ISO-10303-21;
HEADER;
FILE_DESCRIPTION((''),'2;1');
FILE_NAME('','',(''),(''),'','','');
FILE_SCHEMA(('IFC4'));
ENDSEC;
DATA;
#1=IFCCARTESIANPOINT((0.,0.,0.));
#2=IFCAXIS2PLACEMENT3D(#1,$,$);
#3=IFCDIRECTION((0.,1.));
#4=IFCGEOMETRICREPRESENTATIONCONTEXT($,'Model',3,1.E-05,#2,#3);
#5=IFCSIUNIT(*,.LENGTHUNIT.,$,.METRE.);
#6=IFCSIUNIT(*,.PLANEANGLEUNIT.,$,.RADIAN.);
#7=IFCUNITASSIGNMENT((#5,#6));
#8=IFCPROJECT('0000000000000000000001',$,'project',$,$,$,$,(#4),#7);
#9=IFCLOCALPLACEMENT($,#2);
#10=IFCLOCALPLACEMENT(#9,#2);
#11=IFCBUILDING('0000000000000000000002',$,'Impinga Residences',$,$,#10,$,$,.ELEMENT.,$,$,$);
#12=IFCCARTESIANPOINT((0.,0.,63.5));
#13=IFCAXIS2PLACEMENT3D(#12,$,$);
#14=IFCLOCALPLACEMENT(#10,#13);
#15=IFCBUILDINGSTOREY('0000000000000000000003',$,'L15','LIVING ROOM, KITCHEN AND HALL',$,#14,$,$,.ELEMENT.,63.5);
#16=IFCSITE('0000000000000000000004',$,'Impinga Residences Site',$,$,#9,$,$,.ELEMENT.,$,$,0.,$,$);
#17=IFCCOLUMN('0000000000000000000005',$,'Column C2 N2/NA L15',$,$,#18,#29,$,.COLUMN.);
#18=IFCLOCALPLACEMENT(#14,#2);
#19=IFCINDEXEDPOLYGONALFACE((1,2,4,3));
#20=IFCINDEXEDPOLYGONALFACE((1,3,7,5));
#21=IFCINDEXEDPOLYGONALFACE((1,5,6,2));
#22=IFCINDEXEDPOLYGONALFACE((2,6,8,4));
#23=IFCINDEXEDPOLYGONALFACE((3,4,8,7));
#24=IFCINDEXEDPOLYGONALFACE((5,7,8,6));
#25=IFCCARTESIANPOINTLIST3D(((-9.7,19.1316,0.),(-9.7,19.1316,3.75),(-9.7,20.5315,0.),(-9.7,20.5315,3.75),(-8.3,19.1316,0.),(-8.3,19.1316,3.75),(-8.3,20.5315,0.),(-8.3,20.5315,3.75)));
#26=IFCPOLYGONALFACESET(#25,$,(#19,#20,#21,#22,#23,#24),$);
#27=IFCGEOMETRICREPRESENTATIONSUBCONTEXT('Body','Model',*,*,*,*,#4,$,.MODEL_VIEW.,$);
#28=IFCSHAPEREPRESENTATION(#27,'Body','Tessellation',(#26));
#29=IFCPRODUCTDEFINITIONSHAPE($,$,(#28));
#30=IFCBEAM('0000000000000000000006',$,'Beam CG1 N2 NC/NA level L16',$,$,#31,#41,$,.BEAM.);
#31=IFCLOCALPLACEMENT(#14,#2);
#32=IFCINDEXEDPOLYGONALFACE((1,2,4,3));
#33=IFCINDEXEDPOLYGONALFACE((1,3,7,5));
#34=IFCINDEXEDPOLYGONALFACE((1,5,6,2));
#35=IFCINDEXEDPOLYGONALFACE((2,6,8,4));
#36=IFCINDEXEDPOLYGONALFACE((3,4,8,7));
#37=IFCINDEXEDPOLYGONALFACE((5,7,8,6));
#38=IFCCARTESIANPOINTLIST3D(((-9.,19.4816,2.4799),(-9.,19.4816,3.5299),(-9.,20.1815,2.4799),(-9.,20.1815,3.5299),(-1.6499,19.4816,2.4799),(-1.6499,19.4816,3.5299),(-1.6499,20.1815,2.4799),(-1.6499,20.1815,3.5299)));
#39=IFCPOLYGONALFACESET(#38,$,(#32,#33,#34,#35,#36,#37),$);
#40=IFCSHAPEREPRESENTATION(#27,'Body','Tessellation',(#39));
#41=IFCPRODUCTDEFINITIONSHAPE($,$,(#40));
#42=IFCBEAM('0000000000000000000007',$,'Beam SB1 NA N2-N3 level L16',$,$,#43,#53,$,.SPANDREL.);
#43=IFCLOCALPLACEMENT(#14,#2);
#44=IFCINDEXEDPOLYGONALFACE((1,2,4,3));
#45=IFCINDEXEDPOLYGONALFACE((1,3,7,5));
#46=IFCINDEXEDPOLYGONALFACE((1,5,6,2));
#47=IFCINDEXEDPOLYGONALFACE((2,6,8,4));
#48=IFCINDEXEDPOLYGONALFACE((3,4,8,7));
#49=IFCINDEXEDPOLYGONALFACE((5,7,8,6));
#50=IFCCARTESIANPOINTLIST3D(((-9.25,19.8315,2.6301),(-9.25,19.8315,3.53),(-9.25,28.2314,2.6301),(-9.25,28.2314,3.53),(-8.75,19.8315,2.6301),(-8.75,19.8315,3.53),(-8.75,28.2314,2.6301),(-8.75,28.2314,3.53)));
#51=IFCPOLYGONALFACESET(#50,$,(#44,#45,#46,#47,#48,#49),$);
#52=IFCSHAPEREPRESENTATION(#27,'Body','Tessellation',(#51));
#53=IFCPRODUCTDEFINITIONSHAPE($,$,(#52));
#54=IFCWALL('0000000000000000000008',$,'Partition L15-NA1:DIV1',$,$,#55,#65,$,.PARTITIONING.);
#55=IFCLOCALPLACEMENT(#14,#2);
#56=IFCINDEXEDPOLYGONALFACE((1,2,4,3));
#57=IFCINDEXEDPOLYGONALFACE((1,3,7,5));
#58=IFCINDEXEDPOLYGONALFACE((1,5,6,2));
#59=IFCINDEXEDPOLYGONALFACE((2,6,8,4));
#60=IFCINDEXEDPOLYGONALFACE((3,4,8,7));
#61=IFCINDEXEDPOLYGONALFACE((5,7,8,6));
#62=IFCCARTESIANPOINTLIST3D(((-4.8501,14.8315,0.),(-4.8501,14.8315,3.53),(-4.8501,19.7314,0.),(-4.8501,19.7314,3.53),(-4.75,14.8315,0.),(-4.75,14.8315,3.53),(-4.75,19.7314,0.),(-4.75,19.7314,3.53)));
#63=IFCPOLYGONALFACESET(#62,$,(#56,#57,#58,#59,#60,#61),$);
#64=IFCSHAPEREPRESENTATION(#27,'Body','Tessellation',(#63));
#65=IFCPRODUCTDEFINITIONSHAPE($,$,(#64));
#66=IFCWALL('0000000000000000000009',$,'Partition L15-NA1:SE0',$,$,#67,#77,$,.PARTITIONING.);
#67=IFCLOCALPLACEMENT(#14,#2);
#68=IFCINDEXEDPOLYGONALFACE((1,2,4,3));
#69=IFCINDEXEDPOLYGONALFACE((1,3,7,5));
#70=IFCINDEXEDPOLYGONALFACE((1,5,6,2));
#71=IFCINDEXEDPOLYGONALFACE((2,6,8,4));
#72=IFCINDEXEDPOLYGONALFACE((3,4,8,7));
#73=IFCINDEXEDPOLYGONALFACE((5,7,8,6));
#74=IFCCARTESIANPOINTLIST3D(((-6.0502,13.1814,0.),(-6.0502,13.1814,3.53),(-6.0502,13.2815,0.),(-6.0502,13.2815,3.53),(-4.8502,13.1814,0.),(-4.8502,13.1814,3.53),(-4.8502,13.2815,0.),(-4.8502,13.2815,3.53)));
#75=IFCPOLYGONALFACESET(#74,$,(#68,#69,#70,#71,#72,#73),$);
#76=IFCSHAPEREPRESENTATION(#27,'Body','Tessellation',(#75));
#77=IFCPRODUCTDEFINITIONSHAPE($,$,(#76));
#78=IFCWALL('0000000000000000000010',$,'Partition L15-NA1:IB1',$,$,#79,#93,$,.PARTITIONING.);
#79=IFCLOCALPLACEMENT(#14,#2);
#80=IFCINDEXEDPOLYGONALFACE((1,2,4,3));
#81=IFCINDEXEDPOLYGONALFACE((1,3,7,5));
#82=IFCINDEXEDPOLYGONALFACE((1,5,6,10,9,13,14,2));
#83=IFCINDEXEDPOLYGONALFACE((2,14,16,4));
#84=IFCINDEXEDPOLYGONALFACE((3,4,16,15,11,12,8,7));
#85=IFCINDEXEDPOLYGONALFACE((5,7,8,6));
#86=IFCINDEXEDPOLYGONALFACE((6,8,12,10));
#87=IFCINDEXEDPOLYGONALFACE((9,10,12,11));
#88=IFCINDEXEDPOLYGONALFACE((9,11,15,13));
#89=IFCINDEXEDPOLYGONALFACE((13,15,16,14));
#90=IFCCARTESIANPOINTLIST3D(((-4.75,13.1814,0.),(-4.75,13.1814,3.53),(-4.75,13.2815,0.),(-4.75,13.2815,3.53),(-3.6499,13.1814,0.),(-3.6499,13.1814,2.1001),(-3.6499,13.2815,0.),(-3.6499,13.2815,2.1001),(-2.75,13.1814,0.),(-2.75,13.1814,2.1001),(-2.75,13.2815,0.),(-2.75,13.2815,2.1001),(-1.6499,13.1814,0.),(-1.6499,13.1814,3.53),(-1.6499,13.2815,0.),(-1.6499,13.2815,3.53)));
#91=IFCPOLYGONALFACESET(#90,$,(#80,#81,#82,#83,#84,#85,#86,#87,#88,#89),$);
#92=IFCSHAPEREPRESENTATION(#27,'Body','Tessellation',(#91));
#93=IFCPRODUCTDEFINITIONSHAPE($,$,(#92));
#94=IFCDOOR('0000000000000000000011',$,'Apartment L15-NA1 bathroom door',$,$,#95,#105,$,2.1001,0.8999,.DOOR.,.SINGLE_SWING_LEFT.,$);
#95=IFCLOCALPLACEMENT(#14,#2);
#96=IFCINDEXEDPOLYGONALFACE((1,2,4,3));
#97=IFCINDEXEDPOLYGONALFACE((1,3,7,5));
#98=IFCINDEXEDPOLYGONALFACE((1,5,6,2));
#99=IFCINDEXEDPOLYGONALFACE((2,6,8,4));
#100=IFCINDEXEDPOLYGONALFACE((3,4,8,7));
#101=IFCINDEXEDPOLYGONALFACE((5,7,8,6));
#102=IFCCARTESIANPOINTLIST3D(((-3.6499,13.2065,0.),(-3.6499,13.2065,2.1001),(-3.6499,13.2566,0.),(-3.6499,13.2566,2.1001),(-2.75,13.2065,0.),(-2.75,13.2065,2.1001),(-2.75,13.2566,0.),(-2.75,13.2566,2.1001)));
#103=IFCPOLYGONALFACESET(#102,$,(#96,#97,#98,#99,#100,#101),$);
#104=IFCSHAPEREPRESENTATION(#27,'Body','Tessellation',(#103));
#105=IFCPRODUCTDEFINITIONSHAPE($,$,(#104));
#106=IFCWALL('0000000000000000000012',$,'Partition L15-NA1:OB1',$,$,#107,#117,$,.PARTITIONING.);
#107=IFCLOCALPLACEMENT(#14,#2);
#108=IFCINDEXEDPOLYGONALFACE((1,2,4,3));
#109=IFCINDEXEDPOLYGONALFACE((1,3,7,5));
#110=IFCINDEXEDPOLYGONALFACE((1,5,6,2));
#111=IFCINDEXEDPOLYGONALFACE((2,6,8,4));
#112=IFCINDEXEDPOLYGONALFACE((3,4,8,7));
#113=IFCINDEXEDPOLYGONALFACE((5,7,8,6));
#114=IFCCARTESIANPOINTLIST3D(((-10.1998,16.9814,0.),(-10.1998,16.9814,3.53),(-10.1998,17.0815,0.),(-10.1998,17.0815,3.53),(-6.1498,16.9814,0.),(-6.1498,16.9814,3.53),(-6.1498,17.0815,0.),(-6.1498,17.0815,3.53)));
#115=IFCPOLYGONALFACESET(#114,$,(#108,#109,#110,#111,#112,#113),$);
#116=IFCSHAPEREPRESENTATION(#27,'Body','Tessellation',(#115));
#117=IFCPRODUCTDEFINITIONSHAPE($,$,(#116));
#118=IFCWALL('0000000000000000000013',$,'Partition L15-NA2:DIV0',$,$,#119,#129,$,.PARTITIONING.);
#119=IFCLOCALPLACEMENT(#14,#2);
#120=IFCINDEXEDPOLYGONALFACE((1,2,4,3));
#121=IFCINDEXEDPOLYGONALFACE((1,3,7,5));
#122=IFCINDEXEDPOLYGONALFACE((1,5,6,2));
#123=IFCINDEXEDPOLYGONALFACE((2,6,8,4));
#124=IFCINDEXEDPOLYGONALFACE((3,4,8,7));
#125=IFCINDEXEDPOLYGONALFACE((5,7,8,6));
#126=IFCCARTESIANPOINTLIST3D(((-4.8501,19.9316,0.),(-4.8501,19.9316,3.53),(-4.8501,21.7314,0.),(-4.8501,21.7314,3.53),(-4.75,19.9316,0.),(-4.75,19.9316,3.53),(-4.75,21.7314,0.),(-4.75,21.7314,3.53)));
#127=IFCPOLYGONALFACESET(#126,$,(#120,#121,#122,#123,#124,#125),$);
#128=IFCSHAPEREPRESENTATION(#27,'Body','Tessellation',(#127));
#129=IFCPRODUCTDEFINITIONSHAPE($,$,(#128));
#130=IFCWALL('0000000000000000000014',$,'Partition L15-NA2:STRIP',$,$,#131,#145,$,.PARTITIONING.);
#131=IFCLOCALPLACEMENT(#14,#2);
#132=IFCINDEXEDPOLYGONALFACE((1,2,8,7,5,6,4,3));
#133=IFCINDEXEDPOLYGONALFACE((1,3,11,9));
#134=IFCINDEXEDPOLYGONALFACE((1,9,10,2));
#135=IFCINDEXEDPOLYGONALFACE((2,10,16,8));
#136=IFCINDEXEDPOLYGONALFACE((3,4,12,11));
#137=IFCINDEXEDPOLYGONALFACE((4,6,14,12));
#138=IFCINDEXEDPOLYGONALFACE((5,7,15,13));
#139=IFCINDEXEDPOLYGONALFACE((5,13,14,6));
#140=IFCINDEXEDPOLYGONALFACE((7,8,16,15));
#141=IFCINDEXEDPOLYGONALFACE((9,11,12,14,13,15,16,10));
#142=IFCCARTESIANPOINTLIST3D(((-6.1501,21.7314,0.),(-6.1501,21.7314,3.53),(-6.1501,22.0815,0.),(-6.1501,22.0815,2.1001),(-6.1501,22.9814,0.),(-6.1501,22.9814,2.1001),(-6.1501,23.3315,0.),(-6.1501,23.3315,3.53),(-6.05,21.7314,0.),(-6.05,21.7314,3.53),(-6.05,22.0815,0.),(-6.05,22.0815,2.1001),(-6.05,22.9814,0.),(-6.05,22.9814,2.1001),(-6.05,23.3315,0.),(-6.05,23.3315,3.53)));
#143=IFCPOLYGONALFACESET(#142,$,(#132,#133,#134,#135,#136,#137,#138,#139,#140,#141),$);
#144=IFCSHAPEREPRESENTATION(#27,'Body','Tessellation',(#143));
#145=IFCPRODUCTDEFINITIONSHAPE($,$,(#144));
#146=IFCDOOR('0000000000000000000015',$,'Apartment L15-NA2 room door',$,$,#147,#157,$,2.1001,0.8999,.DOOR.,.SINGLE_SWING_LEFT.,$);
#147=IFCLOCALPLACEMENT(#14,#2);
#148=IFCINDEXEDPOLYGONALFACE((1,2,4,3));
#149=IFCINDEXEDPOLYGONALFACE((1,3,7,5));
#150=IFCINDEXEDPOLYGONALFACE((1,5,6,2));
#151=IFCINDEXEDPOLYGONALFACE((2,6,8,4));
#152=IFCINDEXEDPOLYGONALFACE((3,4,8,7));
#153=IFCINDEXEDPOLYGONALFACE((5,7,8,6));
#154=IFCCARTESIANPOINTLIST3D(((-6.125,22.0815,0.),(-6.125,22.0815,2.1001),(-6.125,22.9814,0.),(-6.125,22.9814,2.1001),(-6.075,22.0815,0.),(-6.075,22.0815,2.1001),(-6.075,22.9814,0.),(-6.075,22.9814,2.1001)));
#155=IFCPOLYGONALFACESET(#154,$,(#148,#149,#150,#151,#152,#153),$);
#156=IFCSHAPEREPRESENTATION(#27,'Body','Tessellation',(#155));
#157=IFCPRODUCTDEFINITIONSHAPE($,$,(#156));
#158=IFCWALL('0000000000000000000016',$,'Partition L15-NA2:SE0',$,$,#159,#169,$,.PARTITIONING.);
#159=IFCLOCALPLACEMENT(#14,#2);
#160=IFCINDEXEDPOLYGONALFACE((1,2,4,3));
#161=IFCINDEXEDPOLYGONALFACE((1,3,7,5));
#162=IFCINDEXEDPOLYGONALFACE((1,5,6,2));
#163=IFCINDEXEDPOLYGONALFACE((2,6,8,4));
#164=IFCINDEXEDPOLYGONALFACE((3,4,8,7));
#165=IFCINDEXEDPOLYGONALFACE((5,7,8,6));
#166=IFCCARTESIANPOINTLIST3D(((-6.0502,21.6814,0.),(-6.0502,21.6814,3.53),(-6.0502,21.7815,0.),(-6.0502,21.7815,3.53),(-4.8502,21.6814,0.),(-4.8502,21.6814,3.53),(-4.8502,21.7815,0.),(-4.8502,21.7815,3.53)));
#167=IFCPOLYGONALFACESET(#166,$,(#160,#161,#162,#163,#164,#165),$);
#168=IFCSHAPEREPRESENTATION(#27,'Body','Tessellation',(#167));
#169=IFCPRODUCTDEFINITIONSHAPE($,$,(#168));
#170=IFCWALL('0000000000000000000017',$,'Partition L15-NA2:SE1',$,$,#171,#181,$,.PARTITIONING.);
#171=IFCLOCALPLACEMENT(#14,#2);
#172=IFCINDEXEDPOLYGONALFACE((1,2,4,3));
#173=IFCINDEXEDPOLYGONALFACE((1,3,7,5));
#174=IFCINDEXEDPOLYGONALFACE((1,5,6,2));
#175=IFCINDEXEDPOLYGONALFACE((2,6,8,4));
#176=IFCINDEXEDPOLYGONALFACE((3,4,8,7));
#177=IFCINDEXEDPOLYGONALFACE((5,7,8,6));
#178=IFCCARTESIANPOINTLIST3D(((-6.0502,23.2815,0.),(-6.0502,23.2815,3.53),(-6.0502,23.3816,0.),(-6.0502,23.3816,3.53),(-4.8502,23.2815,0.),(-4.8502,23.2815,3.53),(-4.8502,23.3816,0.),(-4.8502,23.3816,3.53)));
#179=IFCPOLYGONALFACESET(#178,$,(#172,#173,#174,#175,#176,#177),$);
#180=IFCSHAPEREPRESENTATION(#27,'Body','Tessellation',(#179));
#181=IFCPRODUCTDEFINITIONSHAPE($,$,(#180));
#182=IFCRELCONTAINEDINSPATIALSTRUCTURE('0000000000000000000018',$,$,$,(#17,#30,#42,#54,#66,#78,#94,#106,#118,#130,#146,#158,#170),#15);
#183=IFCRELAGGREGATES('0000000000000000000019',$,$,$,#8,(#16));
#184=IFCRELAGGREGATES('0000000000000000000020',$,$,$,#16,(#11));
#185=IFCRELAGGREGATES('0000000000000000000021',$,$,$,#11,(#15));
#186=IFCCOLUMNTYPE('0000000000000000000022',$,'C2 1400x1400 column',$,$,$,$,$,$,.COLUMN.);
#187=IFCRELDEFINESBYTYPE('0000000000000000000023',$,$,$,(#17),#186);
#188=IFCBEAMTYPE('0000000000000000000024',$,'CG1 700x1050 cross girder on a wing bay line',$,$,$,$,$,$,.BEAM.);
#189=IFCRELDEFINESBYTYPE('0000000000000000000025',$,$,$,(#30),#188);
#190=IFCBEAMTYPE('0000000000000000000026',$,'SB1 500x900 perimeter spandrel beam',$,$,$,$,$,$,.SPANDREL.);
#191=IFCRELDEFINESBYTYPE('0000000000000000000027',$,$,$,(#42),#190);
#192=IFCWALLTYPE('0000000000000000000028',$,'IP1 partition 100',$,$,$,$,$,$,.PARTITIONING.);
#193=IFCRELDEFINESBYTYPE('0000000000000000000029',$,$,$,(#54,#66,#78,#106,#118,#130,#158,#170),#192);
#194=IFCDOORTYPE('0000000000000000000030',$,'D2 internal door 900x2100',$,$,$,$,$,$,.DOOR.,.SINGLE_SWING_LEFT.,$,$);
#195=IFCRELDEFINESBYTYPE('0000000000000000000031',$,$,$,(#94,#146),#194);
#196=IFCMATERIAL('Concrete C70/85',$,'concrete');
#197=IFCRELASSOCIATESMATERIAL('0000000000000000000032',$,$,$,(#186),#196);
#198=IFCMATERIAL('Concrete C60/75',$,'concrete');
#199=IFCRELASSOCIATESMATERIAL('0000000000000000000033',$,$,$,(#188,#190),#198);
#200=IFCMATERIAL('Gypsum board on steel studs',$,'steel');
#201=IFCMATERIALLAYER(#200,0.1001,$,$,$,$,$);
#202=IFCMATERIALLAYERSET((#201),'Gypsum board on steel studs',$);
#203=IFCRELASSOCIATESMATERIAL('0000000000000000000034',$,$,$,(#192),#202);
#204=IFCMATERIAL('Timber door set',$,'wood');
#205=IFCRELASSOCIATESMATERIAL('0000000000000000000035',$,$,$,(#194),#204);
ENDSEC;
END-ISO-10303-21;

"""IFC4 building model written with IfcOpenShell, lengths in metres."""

from ifc_helpers import new_model, si_unit, direction, frame, frame_2d, origin, origin_2d, place, context, subcontext, project, spatial, rectangle, extrude, material, layer, layer_set, material_profile, profile_set, type_object, element, fill, save


model = new_model("IFC4")

# Units and contexts
model_context = context("Model", 3, precision=1e-05, world=origin(), true_north=direction((0.0, 1.0)))
body_context = subcontext(model_context, "Body", "Model", "MODEL_VIEW")
ifc_project = project(units=[si_unit("LENGTHUNIT", "METRE"), si_unit("PLANEANGLEUNIT", "RADIAN")], contexts=[model_context])

# Site, building, storey
site_placement = place(None, origin())
site = spatial("IfcSite", under=ifc_project, at=site_placement, Name="Impinga Residences Site", CompositionType="ELEMENT", RefElevation=0.0)
building_placement = place(site_placement, origin())
building = spatial("IfcBuilding", under=site, at=building_placement, Name="Impinga Residences", CompositionType="ELEMENT")
storey_placement = place(building_placement, frame((0.0, 0.0, 63.5)))
storey = spatial("IfcBuildingStorey", under=building, at=storey_placement, Name="L15", Description="LIVING ROOM, KITCHEN AND HALL", CompositionType="ELEMENT", Elevation=63.5)

# Column
ifc_material_1 = material(Name="Concrete C70/85", Category="concrete")
ifc_material_profile_1 = material_profile(ifc_material_1, rectangle(XDim=1.3999, YDim=1.3999, at=origin_2d()), Name="RC 1400x1400")
ifc_profile_set_1 = profile_set([ifc_material_profile_1], Name="Concrete C70/85")
column_type = type_object("IfcColumnType", Name="C2 1400x1400 column", PredefinedType="COLUMN", material=ifc_profile_set_1)
column_placement = place(storey_placement, frame((-9.0, 19.8315, 0.0), z_axis=(0.0, 0.0, 1.0), x_axis=(1.0, 0.0, 0.0)))
element("IfcColumn", 1, at=column_placement, inside=storey, type_object=column_type, Name="Column C2 N2/NA L15", PredefinedType="COLUMN", context=body_context, shape_type="SweptSolid", body=[
    extrude(rectangle(XDim=1.3999, YDim=1.3999, at=origin_2d()), origin(), (0.0, 0.0, 1.0), 3.75),
])

# Beams
ifc_material_2 = material(Name="Concrete C60/75", Category="concrete")
ifc_material_profile_2 = material_profile(ifc_material_2, rectangle(XDim=0.7, YDim=1.05, at=origin_2d()), Name="RC 700x1050")
ifc_profile_set_2 = profile_set([ifc_material_profile_2], Name="Concrete C60/75")
beam_type_1 = type_object("IfcBeamType", Name="CG1 700x1050 cross girder on a wing bay line", PredefinedType="BEAM", material=ifc_profile_set_2)
beam_1_placement = place(storey_placement, frame((-1.6499, 19.8315, 3.0049), z_axis=(-1.0, 0.0, 0.0), x_axis=(0.0, -1.0, 0.0)))
element("IfcBeam", 2, at=beam_1_placement, inside=storey, type_object=beam_type_1, Name="Beam CG1 N2 NC/NA level L16", PredefinedType="BEAM", context=body_context, shape_type="SweptSolid", body=[
    extrude(rectangle(XDim=0.7, YDim=1.05, at=origin_2d()), origin(), (0.0, 0.0, 1.0), 7.3501),
])
ifc_material_profile_3 = material_profile(ifc_material_2, rectangle(XDim=0.5, YDim=0.8999, at=origin_2d()), Name="RC 500x900")
ifc_profile_set_3 = profile_set([ifc_material_profile_3], Name="Concrete C60/75")
beam_type_2 = type_object("IfcBeamType", Name="SB1 500x900 perimeter spandrel beam", PredefinedType="SPANDREL", material=ifc_profile_set_3)
beam_2_placement = place(storey_placement, frame((-9.0, 19.8315, 3.0801), z_axis=(0.0, 1.0, 0.0), x_axis=(-1.0, 0.0, 0.0)))
element("IfcBeam", 3, at=beam_2_placement, inside=storey, type_object=beam_type_2, Name="Beam SB1 NA N2-N3 level L16", PredefinedType="SPANDREL", context=body_context, shape_type="SweptSolid", body=[
    extrude(rectangle(XDim=0.5, YDim=0.8999, at=origin_2d()), origin(), (0.0, 0.0, 1.0), 8.3999),
])

# Walls
ifc_material_3 = material(Name="Gypsum board on steel studs", Category="steel")
ifc_layer_1 = layer(ifc_material_3, 0.1001)
ifc_layer_set_1 = layer_set([ifc_layer_1], Name="Gypsum board on steel studs")
wall_type_1 = type_object("IfcWallType", Name="IP1 partition 100", PredefinedType="PARTITIONING", material=ifc_layer_set_1)
wall_1_placement = place(storey_placement, frame((-4.8, 14.8315, 0.0), z_axis=(0.0, 0.0, 1.0), x_axis=(0.0, 1.0, 0.0)))
element("IfcWall", 4, at=wall_1_placement, inside=storey, type_object=wall_type_1, Name="Partition L15-NA1:DIV1", PredefinedType="PARTITIONING", context=body_context, shape_type="SweptSolid", body=[
    extrude(rectangle(XDim=4.8999, YDim=0.1001, at=frame_2d((2.45, 0.0))), origin(), (0.0, 0.0, 1.0), 3.53),
])
wall_2_placement = place(storey_placement, frame((-4.8501, 13.2314, 0.0), z_axis=(0.0, 0.0, 1.0), x_axis=(-1.0, 0.0, 0.0)))
element("IfcWall", 5, at=wall_2_placement, inside=storey, type_object=wall_type_1, Name="Partition L15-NA1:SE0", PredefinedType="PARTITIONING", context=body_context, shape_type="SweptSolid", body=[
    extrude(rectangle(XDim=1.2, YDim=0.1001, at=frame_2d((0.6001, 0.0))), origin(), (0.0, 0.0, 1.0), 3.53),
])

# Wall, opening, door
wall_3_placement = place(storey_placement, frame((-1.6499, 13.2314, 0.0), z_axis=(0.0, 0.0, 1.0), x_axis=(-1.0, 0.0, 0.0)))
wall_3 = element("IfcWall", 6, at=wall_3_placement, inside=storey, type_object=wall_type_1, Name="Partition L15-NA1:IB1", PredefinedType="PARTITIONING", context=body_context, shape_type="SweptSolid", body=[
    extrude(rectangle(XDim=3.1001, YDim=0.1001, at=frame_2d((1.55, 0.0))), origin(), (0.0, 0.0, 1.0), 3.53),
])
opening_1_placement = place(wall_3_placement, frame((1.1001, 0.0, 0.0)))
opening_1 = element("IfcOpeningElement", 7, at=opening_1_placement, cuts=wall_3, PredefinedType="OPENING", context=body_context, shape_type="SweptSolid", body=[
    extrude(rectangle(XDim=0.8999, YDim=2.1001, at=frame_2d((0.45, 1.05))), frame((0.0, 0.0601, 0.0), z_axis=(0.0, -1.0, 0.0), x_axis=(1.0, 0.0, 0.0)), (0.0, 0.0, 1.0), 0.1201),
])
ifc_material_4 = material(Name="Timber door set", Category="wood")
door_type = type_object("IfcDoorType", Name="D2 internal door 900x2100", OperationType="SINGLE_SWING_LEFT", PredefinedType="DOOR", material=ifc_material_4)
door_1_placement = place(opening_1_placement, origin())
door_1 = element("IfcDoor", 8, at=door_1_placement, inside=storey, type_object=door_type, Name="Apartment L15-NA1 bathroom door", OperationType="SINGLE_SWING_LEFT", OverallHeight=2.1001, OverallWidth=0.8999, PredefinedType="DOOR", context=body_context, shape_type="SweptSolid", body=[
    extrude(rectangle(XDim=0.8999, YDim=2.1001, at=frame_2d((0.45, 1.05))), frame((0.0, 0.0249, 0.0), z_axis=(0.0, -1.0, 0.0), x_axis=(1.0, 0.0, 0.0)), (0.0, 0.0, 1.0), 0.05),
])
fill(opening_1, door_1)

# Walls
wall_4_placement = place(storey_placement, frame((-6.1499, 17.0315, 0.0), z_axis=(0.0, 0.0, 1.0), x_axis=(-1.0, 0.0, 0.0)))
element("IfcWall", 9, at=wall_4_placement, inside=storey, type_object=wall_type_1, Name="Partition L15-NA1:OB1", PredefinedType="PARTITIONING", context=body_context, shape_type="SweptSolid", body=[
    extrude(rectangle(XDim=4.05, YDim=0.1001, at=frame_2d((2.0249, 0.0))), origin(), (0.0, 0.0, 1.0), 3.53),
])
wall_5_placement = place(storey_placement, frame((-4.8, 19.9316, 0.0), z_axis=(0.0, 0.0, 1.0), x_axis=(0.0, 1.0, 0.0)))
element("IfcWall", 10, at=wall_5_placement, inside=storey, type_object=wall_type_1, Name="Partition L15-NA2:DIV0", PredefinedType="PARTITIONING", context=body_context, shape_type="SweptSolid", body=[
    extrude(rectangle(XDim=1.7998, YDim=0.1001, at=frame_2d((0.8999, 0.0))), origin(), (0.0, 0.0, 1.0), 3.53),
])

# Wall, opening, door
wall_6_placement = place(storey_placement, frame((-6.1001, 21.7314, 0.0), z_axis=(0.0, 0.0, 1.0), x_axis=(0.0, 1.0, 0.0)))
wall_6 = element("IfcWall", 11, at=wall_6_placement, inside=storey, type_object=wall_type_1, Name="Partition L15-NA2:STRIP", PredefinedType="PARTITIONING", context=body_context, shape_type="SweptSolid", body=[
    extrude(rectangle(XDim=1.6001, YDim=0.1001, at=frame_2d((0.8, 0.0))), origin(), (0.0, 0.0, 1.0), 3.53),
])
opening_2_placement = place(wall_6_placement, frame((0.3501, 0.0, 0.0)))
opening_2 = element("IfcOpeningElement", 12, at=opening_2_placement, cuts=wall_6, PredefinedType="OPENING", context=body_context, shape_type="SweptSolid", body=[
    extrude(rectangle(XDim=0.8999, YDim=2.1001, at=frame_2d((0.45, 1.05))), frame((0.0, 0.0601, 0.0), z_axis=(0.0, -1.0, 0.0), x_axis=(1.0, 0.0, 0.0)), (0.0, 0.0, 1.0), 0.1201),
])
door_2_placement = place(opening_2_placement, origin())
door_2 = element("IfcDoor", 13, at=door_2_placement, inside=storey, type_object=door_type, Name="Apartment L15-NA2 room door", OperationType="SINGLE_SWING_LEFT", OverallHeight=2.1001, OverallWidth=0.8999, PredefinedType="DOOR", context=body_context, shape_type="SweptSolid", body=[
    extrude(rectangle(XDim=0.8999, YDim=2.1001, at=frame_2d((0.45, 1.05))), frame((0.0, 0.0249, 0.0), z_axis=(0.0, -1.0, 0.0), x_axis=(1.0, 0.0, 0.0)), (0.0, 0.0, 1.0), 0.05),
])
fill(opening_2, door_2)

# Walls
for number, where, z_axis, x_axis, name in (
    (14, (-4.8501, 21.7314, 0.0), (0.0, 0.0, 1.0), (-1.0, 0.0, 0.0), "Partition L15-NA2:SE0"),
    (15, (-4.8501, 23.3315, 0.0), (0.0, 0.0, 1.0), (-1.0, 0.0, 0.0), "Partition L15-NA2:SE1"),
):
    element("IfcWall", number, at=place(storey_placement, frame(where, z_axis=z_axis, x_axis=x_axis)), inside=storey, type_object=wall_type_1, Name=name, PredefinedType="PARTITIONING", context=body_context, shape_type="SweptSolid", body=[
        extrude(rectangle(XDim=1.2, YDim=0.1001, at=frame_2d((0.6001, 0.0))), origin(), (0.0, 0.0, 1.0), 3.53),
    ])

save(model, "model.ifc")
